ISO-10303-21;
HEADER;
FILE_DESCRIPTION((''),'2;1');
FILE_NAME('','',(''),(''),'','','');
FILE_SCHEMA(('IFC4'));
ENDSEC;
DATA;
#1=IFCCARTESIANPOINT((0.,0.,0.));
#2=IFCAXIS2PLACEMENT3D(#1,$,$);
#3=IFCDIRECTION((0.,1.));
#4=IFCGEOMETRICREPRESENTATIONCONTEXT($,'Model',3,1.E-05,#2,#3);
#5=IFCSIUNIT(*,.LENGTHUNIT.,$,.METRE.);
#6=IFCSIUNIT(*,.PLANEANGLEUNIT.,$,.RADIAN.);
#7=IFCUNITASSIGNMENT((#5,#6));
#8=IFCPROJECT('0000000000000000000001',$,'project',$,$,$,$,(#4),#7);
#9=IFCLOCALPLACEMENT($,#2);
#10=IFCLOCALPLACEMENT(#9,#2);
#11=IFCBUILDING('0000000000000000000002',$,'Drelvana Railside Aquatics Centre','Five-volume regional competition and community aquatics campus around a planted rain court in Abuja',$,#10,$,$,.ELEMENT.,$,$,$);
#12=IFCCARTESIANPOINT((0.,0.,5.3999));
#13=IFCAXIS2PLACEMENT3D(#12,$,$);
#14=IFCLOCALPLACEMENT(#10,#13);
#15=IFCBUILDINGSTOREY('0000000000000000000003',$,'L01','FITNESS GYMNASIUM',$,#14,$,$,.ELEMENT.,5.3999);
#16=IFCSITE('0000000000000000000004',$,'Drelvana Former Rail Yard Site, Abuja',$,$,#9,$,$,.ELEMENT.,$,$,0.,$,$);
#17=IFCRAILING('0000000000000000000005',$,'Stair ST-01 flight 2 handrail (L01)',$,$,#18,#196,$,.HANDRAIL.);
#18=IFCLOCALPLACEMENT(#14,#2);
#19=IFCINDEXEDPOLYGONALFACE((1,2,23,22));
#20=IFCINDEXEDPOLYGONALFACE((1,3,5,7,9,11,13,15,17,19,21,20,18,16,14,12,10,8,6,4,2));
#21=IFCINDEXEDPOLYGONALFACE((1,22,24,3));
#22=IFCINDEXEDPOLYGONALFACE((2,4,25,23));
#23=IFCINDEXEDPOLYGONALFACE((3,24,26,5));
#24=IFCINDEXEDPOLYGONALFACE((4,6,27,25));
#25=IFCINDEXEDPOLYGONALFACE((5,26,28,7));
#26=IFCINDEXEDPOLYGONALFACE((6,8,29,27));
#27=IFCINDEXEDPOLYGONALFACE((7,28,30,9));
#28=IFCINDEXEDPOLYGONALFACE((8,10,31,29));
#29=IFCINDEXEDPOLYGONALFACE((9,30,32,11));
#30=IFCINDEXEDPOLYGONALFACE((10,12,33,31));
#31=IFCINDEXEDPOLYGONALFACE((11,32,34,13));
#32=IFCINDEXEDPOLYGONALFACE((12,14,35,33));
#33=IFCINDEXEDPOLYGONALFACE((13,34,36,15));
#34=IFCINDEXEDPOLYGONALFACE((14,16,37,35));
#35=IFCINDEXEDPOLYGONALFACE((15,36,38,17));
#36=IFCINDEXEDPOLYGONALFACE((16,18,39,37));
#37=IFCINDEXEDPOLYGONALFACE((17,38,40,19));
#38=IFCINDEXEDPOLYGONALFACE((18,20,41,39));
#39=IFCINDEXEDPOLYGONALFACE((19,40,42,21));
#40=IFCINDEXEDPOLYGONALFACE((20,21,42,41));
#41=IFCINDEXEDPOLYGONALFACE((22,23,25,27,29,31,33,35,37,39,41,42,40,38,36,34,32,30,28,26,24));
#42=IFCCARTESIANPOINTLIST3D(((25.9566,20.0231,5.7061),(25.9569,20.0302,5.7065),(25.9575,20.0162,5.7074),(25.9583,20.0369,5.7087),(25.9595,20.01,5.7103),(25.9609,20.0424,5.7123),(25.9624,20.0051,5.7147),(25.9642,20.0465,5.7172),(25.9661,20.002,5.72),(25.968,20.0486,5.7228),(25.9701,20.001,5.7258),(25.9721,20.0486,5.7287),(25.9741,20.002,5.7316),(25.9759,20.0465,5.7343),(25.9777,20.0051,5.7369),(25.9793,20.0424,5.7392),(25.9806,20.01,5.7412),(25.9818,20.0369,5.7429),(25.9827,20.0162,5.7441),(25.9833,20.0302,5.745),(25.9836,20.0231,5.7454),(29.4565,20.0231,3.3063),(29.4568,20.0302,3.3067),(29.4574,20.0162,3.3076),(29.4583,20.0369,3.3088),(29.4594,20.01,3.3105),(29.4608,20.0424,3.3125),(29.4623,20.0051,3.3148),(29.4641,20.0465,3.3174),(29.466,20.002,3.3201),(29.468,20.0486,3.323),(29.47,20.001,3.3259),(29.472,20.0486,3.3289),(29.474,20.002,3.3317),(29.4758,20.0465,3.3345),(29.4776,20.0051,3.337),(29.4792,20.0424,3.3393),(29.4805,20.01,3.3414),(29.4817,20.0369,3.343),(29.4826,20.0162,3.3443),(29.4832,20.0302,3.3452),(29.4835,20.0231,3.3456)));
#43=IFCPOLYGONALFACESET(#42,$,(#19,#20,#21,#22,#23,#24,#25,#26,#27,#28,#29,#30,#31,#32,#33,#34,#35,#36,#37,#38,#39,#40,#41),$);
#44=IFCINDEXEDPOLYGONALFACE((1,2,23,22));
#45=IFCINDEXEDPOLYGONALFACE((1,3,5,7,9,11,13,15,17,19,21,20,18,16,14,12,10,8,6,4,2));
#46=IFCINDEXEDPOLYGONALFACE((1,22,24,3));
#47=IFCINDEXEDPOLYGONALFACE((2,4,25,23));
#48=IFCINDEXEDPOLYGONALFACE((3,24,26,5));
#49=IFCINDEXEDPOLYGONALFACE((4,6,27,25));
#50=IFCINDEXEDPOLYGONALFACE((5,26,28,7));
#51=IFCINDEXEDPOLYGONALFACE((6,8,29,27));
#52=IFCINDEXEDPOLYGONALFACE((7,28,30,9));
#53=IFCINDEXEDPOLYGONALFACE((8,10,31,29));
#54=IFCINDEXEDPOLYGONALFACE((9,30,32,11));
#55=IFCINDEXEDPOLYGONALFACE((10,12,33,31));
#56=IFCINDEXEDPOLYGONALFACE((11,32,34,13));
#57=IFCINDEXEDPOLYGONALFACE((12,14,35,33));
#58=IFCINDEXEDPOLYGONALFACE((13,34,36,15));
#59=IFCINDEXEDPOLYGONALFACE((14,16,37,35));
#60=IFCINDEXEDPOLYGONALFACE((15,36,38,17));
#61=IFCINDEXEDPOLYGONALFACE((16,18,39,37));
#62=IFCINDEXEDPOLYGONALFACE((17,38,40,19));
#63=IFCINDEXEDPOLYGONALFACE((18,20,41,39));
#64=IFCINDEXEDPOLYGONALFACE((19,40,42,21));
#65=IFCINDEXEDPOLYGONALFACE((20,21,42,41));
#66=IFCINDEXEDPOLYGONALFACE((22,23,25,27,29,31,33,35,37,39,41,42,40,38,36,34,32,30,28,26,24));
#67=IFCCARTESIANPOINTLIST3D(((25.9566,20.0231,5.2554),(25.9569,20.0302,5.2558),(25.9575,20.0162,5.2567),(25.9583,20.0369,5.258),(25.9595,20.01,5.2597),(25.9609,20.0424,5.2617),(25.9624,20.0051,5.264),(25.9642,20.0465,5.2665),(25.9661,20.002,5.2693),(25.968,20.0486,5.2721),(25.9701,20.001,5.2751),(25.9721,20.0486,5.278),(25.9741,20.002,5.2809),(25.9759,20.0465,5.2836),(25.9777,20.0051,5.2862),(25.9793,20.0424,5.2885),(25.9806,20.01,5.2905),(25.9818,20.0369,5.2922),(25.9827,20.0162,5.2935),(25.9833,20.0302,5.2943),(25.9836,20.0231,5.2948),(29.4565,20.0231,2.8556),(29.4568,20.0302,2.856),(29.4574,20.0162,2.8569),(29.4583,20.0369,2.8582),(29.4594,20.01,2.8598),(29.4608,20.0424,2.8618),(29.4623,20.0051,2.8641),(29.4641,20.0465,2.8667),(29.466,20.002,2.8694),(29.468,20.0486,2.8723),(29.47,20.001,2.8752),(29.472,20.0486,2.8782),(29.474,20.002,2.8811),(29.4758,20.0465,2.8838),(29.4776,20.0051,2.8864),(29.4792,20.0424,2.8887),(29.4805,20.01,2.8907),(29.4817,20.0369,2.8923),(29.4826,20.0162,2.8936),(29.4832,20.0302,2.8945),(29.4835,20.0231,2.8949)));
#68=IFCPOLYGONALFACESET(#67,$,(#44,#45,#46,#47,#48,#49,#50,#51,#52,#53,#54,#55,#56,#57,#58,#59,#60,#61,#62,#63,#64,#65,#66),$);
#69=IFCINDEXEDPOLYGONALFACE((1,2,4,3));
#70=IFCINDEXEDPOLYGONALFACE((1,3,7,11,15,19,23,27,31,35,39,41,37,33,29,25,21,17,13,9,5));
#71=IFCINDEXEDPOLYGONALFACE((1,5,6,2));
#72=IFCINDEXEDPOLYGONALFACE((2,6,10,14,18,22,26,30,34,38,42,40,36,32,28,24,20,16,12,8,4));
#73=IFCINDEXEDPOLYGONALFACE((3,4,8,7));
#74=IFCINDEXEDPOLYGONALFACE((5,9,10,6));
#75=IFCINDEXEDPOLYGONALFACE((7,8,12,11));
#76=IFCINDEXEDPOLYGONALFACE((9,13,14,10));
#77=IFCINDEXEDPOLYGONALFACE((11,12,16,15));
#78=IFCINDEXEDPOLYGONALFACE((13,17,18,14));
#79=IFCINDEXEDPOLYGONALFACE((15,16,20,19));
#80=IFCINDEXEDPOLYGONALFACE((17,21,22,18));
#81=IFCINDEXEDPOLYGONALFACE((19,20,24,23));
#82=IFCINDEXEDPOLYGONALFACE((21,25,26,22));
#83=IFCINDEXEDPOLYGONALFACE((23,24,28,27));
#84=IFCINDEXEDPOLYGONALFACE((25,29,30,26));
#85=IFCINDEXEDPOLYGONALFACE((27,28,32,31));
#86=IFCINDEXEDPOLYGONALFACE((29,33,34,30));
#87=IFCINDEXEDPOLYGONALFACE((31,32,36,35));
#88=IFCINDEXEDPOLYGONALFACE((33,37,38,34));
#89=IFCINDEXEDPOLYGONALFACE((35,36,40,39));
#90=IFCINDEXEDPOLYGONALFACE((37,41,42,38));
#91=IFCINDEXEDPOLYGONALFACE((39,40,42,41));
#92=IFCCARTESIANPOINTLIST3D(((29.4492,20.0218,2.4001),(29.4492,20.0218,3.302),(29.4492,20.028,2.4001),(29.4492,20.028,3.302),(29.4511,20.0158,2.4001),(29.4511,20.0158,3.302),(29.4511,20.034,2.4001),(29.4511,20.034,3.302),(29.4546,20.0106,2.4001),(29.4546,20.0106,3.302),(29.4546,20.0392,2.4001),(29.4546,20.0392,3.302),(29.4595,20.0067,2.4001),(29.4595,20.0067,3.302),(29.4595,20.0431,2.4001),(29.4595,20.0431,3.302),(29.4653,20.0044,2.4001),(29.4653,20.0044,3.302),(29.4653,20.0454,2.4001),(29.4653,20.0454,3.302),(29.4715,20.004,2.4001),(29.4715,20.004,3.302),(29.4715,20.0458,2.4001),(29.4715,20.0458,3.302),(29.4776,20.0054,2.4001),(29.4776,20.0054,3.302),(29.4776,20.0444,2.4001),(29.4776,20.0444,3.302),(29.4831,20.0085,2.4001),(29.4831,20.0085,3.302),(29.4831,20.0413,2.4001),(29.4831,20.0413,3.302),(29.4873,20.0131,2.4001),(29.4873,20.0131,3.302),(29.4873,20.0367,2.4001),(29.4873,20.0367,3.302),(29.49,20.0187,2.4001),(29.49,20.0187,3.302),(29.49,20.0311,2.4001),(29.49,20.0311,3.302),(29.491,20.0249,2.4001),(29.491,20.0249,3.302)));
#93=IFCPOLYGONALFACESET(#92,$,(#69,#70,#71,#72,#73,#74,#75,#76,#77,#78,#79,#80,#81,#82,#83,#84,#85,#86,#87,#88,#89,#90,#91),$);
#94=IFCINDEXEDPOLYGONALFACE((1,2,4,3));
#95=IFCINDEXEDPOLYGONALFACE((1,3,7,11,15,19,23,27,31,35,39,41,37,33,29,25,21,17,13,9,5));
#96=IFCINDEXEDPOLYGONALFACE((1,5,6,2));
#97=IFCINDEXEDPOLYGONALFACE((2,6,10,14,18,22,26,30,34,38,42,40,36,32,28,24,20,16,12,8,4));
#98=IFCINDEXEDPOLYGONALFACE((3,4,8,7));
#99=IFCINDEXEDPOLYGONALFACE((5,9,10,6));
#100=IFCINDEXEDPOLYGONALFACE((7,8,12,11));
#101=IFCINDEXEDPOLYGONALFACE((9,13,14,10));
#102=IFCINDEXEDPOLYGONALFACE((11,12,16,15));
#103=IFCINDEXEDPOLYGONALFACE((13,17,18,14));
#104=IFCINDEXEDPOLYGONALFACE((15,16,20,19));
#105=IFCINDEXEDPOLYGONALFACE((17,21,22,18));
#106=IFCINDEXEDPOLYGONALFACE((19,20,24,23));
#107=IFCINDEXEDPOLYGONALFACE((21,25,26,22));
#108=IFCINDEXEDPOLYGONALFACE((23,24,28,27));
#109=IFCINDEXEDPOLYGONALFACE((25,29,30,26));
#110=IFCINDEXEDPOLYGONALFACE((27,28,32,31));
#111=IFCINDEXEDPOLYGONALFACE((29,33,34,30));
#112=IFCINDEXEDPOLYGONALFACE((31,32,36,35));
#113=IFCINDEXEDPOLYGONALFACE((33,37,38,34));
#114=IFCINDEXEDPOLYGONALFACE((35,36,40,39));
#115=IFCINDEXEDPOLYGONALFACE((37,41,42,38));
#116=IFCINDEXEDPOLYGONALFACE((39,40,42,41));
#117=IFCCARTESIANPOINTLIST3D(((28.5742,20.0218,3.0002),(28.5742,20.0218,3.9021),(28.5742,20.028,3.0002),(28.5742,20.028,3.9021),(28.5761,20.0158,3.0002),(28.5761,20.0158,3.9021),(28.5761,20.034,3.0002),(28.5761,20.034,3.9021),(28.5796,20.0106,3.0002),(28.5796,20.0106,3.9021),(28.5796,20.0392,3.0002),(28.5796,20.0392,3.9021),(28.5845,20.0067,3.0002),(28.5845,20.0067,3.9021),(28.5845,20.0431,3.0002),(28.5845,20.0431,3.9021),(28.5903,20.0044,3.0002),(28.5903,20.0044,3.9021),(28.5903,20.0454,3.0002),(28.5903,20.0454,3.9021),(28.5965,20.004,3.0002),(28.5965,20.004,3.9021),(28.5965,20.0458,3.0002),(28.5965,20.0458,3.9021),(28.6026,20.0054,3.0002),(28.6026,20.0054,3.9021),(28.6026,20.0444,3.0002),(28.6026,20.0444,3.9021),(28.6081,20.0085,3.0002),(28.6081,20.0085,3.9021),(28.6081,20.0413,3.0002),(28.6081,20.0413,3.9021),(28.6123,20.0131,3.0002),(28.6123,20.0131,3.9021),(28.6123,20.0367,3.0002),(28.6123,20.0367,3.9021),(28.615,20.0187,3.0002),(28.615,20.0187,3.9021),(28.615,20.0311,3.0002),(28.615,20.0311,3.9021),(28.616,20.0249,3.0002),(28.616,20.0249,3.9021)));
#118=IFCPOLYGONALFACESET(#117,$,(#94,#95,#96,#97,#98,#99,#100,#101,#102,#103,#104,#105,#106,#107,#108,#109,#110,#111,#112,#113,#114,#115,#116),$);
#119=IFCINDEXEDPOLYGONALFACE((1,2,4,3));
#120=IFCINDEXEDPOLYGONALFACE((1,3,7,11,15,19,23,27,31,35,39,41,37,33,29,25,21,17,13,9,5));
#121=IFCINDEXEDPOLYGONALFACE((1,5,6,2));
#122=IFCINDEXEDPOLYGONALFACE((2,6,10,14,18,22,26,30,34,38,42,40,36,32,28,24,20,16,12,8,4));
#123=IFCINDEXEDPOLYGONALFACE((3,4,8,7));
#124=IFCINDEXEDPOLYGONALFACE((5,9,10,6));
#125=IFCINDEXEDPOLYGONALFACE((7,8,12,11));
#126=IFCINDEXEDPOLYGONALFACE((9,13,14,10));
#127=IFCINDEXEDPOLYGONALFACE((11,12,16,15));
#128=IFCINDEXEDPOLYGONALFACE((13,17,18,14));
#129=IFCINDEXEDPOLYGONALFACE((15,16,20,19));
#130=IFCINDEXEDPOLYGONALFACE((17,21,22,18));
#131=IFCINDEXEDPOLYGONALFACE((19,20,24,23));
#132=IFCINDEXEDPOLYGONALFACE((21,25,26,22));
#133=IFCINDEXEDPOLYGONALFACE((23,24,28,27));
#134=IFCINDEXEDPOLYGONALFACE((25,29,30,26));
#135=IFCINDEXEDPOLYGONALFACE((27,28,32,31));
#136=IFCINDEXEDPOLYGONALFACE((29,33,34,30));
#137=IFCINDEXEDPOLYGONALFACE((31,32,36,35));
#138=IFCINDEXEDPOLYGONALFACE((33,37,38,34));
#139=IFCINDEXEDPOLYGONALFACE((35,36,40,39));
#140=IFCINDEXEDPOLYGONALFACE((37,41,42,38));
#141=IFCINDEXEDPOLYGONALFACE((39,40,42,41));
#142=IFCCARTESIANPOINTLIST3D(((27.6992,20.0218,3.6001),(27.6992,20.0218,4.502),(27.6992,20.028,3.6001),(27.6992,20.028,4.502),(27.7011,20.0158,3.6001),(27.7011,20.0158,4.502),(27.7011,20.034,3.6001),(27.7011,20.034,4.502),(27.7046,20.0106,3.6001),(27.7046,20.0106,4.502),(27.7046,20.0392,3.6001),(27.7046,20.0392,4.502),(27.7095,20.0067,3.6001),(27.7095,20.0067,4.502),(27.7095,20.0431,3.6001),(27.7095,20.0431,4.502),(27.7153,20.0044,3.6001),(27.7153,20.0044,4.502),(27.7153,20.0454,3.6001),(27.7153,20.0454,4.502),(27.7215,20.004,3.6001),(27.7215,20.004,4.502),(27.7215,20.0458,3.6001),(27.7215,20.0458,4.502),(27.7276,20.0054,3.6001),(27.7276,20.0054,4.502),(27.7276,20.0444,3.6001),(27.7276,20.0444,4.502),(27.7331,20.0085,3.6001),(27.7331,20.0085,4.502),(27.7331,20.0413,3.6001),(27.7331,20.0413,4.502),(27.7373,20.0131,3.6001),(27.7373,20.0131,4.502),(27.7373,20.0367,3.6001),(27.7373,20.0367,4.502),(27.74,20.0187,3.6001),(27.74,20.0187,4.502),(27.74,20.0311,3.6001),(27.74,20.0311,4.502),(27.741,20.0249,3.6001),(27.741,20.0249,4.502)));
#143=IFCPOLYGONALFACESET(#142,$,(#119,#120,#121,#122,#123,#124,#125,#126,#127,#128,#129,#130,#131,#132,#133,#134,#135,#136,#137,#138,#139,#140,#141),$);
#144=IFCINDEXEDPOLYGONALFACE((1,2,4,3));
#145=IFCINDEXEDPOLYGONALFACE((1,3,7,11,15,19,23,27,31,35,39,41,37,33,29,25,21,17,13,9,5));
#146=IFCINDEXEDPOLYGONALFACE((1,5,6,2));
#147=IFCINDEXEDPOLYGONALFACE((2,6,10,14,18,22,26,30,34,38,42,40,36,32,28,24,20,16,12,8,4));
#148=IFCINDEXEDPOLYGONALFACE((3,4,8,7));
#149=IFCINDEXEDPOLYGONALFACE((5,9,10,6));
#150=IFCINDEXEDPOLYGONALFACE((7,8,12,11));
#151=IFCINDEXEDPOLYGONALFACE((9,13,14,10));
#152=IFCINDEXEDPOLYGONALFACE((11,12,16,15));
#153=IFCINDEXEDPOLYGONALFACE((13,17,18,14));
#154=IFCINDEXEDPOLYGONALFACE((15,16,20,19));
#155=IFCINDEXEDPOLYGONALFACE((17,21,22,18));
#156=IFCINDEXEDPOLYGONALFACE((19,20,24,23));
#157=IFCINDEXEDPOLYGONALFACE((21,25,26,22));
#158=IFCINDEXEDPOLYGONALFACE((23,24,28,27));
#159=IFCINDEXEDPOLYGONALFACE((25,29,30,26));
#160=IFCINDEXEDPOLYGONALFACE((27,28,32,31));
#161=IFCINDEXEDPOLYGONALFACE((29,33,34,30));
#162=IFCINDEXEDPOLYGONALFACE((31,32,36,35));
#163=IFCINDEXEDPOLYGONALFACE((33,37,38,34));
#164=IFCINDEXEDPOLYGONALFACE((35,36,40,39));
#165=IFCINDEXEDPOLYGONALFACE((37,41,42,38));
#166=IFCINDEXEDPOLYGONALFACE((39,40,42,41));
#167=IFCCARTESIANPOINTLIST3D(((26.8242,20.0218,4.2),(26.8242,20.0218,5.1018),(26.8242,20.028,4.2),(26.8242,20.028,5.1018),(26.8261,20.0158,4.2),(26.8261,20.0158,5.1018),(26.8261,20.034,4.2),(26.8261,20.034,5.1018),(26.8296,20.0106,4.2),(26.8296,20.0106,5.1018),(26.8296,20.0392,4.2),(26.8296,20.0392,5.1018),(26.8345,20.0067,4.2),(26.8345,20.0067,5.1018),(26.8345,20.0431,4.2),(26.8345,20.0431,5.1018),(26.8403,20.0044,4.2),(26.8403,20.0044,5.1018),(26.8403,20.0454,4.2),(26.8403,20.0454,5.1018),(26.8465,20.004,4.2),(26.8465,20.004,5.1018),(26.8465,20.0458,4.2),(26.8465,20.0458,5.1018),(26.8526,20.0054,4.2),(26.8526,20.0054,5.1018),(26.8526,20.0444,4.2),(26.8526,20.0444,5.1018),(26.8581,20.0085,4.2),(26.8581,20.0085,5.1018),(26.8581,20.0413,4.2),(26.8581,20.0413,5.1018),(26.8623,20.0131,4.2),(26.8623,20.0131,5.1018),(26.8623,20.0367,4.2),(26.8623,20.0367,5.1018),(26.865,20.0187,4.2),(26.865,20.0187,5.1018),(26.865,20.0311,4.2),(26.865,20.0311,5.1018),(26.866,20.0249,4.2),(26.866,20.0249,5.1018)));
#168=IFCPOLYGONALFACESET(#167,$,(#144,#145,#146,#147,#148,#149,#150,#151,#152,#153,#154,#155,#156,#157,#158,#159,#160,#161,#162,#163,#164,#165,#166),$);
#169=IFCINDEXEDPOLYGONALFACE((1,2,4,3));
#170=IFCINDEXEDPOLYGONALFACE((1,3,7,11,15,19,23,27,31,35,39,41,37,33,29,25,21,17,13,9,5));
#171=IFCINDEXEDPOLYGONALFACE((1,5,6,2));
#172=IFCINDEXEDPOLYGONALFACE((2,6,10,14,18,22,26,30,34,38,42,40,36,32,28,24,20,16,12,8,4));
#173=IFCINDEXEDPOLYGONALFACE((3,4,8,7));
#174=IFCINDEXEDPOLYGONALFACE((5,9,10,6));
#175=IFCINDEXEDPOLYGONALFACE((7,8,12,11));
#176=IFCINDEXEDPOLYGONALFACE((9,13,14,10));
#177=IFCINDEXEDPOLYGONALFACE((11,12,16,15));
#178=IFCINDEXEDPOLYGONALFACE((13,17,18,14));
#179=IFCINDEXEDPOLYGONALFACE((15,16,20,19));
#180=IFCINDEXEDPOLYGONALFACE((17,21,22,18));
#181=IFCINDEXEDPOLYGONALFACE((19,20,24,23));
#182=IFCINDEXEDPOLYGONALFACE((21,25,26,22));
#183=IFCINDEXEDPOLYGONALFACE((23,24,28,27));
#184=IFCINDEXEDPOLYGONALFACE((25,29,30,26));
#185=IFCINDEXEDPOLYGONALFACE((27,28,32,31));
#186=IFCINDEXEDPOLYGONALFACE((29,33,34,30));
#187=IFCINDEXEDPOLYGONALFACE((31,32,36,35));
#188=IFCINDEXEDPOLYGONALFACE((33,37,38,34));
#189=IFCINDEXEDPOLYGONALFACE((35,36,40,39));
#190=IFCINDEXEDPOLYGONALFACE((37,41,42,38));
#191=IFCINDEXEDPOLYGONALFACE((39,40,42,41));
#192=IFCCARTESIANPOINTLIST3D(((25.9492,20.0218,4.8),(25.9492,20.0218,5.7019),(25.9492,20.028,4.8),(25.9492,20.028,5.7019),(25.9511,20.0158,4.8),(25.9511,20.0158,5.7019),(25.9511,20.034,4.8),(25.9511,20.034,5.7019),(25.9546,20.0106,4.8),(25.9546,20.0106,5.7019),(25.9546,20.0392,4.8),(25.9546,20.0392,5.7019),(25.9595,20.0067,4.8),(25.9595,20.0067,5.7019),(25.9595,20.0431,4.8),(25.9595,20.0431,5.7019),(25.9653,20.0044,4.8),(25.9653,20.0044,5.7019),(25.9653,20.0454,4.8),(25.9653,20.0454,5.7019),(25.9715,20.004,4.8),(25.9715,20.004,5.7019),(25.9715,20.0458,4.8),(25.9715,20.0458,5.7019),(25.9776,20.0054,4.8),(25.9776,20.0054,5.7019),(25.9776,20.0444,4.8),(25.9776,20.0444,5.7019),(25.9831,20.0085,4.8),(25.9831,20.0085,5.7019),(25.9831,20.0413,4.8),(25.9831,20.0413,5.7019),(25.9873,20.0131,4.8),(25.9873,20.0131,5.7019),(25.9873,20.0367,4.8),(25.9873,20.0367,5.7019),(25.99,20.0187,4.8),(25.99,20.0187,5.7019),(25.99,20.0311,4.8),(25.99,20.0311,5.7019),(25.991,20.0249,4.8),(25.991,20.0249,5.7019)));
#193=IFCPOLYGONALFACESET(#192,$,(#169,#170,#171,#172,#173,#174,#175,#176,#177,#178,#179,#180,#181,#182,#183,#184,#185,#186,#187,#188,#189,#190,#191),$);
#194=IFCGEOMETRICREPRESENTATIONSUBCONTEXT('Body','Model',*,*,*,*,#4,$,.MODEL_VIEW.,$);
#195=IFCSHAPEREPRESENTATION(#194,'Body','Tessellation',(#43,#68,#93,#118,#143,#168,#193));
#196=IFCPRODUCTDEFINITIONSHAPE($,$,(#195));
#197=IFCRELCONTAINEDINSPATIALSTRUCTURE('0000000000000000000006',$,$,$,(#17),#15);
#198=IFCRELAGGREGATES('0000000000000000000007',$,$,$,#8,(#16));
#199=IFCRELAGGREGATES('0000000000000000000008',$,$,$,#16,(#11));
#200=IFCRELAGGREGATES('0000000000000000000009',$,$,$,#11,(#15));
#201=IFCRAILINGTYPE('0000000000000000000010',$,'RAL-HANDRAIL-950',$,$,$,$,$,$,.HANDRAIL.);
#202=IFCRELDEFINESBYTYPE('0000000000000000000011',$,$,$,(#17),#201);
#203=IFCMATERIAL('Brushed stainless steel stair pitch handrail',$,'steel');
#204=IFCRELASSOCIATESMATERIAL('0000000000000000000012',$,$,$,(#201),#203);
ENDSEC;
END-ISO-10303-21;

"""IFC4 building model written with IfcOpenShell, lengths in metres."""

from ifc_helpers import new_model, si_unit, direction, frame, origin, origin_2d, place, context, subcontext, project, spatial, circle, extrude, material, type_object, element, save


model = new_model("IFC4")

# Units and contexts
model_context = context("Model", 3, precision=1e-05, world=origin(), true_north=direction((0.0, 1.0)))
body_context = subcontext(model_context, "Body", "Model", "MODEL_VIEW")
ifc_project = project(units=[si_unit("LENGTHUNIT", "METRE"), si_unit("PLANEANGLEUNIT", "RADIAN")], contexts=[model_context])

# Site, building, storey
site_placement = place(None, origin())
site = spatial("IfcSite", under=ifc_project, at=site_placement, Name="Drelvana Former Rail Yard Site, Abuja", CompositionType="ELEMENT", RefElevation=0.0)
building_placement = place(site_placement, origin())
building = spatial("IfcBuilding", under=site, at=building_placement, Name="Drelvana Railside Aquatics Centre", Description="Five-volume regional competition and community aquatics campus around a planted rain court in Abuja", CompositionType="ELEMENT")
storey_placement = place(building_placement, frame((0.0, 0.0, 5.3999)))
storey = spatial("IfcBuildingStorey", under=building, at=storey_placement, Name="L01", Description="FITNESS GYMNASIUM", CompositionType="ELEMENT", Elevation=5.3999)

# Railing
ifc_material_1 = material(Name="Brushed stainless steel stair pitch handrail", Category="steel")
railing_type_1 = type_object("IfcRailingType", Name="RAL-HANDRAIL-950", PredefinedType="HANDRAIL", material=ifc_material_1)
railing_1_placement = place(storey_placement, frame((29.47, 20.0249, 2.4001)))
element("IfcRailing", 1, at=railing_1_placement, inside=storey, type_object=railing_type_1, Name="Stair ST-01 flight 2 handrail (L01)", PredefinedType="HANDRAIL", context=body_context, shape_type="SweptSolid", body=[
    extrude(circle(Radius=0.0239, at=origin_2d()), frame((0.0, 0.0, 0.9258), z_axis=(-0.82474, 0.0, 0.565513), x_axis=(0.0, -1.0, 0.0)), (0.0, 0.0, 1.0), 4.2437),
    extrude(circle(Radius=0.0239, at=origin_2d()), frame((0.0, 0.0, 0.4751), z_axis=(-0.82474, 0.0, 0.565513), x_axis=(0.0, -1.0, 0.0)), (0.0, 0.0, 1.0), 4.2437),
    extrude(circle(Radius=0.021, at=origin_2d()), origin(), (0.0, 0.0, 1.0), 0.9019),
    extrude(circle(Radius=0.021, at=origin_2d()), frame((-0.875, 0.0, 0.6001)), (0.0, 0.0, 1.0), 0.9019),
    extrude(circle(Radius=0.021, at=origin_2d()), frame((-1.75, 0.0, 1.2)), (0.0, 0.0, 1.0), 0.9019),
    extrude(circle(Radius=0.021, at=origin_2d()), frame((-2.625, 0.0, 1.7998)), (0.0, 0.0, 1.0), 0.9019),
    extrude(circle(Radius=0.021, at=origin_2d()), frame((-3.5, 0.0, 2.3999)), (0.0, 0.0, 1.0), 0.9019),
])

save(model, "model.ifc")
